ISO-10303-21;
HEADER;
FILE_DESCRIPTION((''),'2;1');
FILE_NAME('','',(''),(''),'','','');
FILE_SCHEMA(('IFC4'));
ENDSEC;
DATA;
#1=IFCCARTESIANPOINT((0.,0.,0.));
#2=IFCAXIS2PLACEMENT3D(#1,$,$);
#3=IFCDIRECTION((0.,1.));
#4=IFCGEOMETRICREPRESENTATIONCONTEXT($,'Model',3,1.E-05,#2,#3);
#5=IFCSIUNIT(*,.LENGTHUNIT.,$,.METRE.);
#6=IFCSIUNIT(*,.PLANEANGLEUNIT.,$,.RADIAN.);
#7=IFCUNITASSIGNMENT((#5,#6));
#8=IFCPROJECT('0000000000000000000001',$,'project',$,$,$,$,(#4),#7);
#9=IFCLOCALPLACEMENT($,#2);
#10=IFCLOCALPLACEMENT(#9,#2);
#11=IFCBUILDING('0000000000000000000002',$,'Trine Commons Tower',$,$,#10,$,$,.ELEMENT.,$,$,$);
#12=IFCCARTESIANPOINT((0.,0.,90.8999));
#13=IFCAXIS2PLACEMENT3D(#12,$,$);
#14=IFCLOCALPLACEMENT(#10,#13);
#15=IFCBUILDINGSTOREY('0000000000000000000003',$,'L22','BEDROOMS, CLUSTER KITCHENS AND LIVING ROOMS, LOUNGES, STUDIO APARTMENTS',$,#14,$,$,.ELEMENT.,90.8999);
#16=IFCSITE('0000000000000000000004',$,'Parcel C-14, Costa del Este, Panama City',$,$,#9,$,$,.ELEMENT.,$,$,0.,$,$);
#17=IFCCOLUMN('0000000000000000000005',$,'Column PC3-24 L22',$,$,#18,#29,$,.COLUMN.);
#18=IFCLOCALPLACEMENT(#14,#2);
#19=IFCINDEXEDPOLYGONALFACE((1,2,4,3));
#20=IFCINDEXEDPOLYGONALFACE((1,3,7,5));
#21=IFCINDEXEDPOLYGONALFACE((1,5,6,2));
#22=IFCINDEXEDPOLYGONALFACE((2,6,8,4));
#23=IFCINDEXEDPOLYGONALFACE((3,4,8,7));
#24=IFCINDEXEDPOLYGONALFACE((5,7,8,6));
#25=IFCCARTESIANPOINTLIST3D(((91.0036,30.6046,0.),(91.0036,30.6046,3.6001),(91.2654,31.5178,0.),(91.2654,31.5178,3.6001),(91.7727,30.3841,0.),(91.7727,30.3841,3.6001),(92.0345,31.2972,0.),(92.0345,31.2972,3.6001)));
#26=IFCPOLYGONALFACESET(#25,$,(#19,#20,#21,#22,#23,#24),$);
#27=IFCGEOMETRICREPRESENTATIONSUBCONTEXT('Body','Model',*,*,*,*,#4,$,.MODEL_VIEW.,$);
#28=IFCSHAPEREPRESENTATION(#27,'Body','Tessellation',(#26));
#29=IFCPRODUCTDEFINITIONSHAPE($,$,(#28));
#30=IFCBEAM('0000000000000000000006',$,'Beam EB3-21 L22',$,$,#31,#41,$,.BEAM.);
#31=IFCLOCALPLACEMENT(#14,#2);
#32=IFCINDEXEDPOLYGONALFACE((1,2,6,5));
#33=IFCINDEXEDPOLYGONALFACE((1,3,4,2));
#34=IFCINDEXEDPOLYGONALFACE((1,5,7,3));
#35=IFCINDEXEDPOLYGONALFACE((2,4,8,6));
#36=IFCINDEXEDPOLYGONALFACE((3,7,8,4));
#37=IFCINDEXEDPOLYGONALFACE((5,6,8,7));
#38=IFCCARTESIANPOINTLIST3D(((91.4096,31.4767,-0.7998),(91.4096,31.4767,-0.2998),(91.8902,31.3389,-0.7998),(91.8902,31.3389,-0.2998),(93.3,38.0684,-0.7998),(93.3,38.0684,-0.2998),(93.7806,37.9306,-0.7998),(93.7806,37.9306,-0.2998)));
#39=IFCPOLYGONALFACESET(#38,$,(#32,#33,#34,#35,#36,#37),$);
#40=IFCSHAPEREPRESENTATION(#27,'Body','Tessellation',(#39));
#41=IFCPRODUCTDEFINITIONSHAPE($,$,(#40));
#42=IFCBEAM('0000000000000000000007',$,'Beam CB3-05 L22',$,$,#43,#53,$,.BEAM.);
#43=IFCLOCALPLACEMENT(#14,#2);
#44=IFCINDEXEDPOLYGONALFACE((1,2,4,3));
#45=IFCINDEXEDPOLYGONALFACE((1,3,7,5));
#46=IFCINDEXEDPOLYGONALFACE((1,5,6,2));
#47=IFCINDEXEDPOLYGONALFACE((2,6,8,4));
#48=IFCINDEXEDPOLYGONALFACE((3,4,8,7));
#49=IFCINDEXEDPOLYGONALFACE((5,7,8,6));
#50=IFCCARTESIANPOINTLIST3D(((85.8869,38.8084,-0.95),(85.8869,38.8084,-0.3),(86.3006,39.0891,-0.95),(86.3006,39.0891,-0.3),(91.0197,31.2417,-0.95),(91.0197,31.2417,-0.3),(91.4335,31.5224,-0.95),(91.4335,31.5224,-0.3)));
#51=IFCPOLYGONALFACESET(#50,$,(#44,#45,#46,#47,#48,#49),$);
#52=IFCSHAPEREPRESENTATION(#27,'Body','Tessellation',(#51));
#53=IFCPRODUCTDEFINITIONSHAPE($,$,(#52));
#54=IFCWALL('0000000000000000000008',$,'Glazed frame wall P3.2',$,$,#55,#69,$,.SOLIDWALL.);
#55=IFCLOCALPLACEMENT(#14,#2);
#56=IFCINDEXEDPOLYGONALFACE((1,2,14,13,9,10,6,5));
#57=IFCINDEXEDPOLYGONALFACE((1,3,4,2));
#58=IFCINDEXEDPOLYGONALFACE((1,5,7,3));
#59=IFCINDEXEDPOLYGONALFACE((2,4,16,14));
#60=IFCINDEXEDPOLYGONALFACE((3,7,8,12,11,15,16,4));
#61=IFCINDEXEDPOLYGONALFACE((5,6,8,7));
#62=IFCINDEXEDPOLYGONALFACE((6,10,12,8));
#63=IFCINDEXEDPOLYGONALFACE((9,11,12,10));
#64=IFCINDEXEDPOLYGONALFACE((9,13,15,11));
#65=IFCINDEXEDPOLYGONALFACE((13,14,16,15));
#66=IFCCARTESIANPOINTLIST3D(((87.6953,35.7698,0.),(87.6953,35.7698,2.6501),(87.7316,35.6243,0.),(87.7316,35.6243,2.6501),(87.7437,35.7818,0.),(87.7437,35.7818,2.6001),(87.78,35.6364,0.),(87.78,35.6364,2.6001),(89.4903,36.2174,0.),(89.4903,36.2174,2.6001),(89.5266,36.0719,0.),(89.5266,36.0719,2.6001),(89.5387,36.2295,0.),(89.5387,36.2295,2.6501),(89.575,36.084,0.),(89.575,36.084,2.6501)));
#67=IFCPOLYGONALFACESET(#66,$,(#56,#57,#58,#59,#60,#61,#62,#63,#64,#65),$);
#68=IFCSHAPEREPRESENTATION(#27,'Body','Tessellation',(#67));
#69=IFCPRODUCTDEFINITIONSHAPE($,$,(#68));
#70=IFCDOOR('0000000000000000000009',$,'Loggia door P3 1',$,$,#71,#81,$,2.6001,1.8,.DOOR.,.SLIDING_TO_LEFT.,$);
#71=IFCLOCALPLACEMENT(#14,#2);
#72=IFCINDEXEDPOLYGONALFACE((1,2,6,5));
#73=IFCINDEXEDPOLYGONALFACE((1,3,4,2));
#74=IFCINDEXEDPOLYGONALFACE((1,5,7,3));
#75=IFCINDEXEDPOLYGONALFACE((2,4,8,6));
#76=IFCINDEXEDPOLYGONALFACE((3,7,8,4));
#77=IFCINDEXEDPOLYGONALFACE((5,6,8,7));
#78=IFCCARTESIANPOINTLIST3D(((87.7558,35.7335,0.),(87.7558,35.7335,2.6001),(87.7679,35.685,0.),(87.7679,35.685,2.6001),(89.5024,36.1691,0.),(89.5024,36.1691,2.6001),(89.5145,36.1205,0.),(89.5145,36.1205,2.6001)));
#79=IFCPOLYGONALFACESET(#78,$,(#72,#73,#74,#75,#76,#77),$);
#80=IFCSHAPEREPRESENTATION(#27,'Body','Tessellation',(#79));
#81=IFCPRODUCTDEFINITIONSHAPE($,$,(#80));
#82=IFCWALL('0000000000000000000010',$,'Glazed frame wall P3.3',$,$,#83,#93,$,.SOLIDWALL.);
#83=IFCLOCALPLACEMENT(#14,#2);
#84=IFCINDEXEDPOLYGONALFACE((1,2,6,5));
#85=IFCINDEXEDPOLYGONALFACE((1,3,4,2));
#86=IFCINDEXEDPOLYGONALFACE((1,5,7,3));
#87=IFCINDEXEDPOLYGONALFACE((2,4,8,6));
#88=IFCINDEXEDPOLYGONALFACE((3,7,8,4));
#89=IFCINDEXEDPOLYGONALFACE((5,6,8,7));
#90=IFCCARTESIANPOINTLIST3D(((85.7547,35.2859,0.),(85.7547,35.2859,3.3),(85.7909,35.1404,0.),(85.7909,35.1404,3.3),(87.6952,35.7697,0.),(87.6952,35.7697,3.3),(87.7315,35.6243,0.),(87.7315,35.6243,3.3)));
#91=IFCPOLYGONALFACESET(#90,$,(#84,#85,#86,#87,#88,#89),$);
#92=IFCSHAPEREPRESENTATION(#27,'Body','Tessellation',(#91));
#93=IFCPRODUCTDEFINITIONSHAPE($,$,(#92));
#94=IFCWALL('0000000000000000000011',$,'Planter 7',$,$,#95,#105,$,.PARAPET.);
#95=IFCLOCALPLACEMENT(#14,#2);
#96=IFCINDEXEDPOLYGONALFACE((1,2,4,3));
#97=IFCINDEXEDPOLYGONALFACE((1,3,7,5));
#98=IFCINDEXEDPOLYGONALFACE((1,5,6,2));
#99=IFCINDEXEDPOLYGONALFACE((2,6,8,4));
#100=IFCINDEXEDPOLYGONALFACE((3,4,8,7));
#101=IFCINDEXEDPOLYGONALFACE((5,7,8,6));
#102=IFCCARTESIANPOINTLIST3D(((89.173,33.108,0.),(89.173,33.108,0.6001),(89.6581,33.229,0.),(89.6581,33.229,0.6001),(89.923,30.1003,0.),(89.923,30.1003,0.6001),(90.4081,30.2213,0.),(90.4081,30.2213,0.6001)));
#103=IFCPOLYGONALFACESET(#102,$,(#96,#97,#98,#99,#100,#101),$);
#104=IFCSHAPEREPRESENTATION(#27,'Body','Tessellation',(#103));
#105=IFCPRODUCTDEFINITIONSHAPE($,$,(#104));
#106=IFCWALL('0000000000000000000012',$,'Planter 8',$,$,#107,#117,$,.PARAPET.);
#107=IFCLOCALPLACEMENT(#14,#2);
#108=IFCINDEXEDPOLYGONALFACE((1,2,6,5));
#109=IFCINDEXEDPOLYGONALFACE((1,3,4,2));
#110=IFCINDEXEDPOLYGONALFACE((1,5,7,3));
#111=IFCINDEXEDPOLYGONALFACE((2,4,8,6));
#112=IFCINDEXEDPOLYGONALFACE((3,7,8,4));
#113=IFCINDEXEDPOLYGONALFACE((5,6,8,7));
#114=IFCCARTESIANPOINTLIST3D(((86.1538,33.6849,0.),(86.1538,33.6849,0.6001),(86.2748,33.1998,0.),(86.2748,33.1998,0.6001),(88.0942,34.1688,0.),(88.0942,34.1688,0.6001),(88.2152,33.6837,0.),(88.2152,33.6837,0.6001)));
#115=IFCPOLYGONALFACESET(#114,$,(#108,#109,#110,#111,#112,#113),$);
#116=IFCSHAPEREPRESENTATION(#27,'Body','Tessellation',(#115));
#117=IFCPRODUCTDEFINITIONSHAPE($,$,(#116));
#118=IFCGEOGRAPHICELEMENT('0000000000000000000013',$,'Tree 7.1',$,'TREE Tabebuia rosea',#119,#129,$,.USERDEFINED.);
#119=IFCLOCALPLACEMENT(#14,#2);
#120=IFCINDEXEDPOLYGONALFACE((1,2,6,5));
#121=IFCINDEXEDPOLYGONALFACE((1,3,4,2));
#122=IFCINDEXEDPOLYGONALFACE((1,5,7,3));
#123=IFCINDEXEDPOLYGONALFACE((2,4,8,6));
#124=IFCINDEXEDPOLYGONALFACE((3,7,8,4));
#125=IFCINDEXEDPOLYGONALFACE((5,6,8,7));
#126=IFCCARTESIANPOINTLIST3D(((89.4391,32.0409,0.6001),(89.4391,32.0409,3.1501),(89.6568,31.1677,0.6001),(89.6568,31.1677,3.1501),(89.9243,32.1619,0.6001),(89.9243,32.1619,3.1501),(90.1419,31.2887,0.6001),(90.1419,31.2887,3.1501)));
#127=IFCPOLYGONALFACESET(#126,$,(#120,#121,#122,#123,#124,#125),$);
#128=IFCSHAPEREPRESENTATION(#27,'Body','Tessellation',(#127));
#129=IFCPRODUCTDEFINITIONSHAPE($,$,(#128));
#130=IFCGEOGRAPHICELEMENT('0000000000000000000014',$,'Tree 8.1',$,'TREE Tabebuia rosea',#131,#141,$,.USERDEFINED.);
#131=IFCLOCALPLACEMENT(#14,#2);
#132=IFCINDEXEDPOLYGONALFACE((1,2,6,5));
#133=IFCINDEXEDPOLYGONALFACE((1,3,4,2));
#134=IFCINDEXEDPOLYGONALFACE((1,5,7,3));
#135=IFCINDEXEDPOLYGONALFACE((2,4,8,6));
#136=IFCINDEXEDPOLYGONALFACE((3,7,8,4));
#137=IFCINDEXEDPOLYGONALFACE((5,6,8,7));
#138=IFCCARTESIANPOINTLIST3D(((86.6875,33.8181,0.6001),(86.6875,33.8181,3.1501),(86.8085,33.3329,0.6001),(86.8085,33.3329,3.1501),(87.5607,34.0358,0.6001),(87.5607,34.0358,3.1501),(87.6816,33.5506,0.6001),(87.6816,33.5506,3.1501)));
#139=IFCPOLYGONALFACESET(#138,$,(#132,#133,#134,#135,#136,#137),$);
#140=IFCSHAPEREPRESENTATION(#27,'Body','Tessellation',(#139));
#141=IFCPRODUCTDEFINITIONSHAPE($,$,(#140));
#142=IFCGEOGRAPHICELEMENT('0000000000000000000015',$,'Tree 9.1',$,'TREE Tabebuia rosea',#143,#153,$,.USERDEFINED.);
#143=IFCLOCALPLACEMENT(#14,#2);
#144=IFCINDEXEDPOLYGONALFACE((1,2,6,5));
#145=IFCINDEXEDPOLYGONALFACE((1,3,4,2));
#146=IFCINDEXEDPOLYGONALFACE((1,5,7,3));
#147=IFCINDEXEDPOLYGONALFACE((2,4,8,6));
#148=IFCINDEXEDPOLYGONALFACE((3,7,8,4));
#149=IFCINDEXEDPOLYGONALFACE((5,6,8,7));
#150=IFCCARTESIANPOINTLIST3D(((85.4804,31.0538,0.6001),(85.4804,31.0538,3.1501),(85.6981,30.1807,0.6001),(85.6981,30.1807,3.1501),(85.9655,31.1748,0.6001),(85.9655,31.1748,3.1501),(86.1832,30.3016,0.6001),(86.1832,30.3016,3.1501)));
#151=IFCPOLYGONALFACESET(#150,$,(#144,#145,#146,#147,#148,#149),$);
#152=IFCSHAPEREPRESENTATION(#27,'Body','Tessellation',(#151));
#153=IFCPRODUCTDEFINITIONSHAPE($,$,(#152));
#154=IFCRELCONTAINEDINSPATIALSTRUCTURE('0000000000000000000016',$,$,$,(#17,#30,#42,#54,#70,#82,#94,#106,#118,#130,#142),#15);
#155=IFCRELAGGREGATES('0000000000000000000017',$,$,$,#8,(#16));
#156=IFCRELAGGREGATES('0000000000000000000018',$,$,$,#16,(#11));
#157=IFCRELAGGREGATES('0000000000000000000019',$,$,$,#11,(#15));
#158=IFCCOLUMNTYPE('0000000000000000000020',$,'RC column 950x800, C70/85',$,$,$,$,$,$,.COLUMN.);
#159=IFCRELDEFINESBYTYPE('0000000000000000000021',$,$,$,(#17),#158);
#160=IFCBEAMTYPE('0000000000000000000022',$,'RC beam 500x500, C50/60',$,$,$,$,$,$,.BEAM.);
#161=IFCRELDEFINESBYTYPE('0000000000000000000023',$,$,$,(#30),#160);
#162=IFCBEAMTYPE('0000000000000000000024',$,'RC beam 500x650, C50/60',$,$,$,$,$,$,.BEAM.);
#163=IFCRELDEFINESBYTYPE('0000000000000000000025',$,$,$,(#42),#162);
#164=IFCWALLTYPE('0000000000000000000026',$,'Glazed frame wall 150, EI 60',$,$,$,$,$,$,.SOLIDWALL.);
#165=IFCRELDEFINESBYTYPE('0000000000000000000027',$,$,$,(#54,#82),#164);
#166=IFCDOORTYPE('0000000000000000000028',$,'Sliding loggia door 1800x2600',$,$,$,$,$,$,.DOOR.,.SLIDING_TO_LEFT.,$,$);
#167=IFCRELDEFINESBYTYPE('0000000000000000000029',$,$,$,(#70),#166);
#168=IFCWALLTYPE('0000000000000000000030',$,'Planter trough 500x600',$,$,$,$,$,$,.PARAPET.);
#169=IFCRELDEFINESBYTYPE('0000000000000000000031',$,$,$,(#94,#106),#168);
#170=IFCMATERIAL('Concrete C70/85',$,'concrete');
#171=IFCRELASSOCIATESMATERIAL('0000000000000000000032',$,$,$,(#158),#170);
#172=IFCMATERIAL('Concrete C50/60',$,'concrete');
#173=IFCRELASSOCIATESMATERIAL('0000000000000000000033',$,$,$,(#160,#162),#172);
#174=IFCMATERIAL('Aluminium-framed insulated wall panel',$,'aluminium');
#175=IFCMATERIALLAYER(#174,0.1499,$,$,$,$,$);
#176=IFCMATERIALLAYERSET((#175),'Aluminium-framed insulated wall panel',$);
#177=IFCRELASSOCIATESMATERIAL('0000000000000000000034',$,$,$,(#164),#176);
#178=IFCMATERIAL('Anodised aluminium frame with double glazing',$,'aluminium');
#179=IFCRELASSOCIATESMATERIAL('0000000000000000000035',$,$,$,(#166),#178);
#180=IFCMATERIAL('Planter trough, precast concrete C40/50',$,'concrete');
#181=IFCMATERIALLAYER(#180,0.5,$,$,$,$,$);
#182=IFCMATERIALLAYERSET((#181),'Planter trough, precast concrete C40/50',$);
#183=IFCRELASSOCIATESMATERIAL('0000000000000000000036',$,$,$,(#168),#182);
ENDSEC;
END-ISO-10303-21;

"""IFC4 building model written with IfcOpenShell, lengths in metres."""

from ifc_helpers import new_model, si_unit, direction, frame, frame_2d, origin, origin_2d, place, context, subcontext, project, spatial, polyline, rectangle, outline, extrude, material, layer, layer_set, material_profile, profile_set, type_object, element, fill, save


model = new_model("IFC4")

# Units and contexts
model_context = context("Model", 3, precision=1e-05, world=origin(), true_north=direction((0.0, 1.0)))
body_context = subcontext(model_context, "Body", "Model", "MODEL_VIEW")
ifc_project = project(units=[si_unit("LENGTHUNIT", "METRE"), si_unit("PLANEANGLEUNIT", "RADIAN")], contexts=[model_context])

# Site, building, storey
site_placement = place(None, origin())
site = spatial("IfcSite", under=ifc_project, at=site_placement, Name="Parcel C-14, Costa del Este, Panama City", CompositionType="ELEMENT", RefElevation=0.0)
building_placement = place(site_placement, origin())
building = spatial("IfcBuilding", under=site, at=building_placement, Name="Trine Commons Tower", CompositionType="ELEMENT")
storey_placement = place(building_placement, frame((0.0, 0.0, 90.8999)))
storey = spatial("IfcBuildingStorey", under=building, at=storey_placement, Name="L22", Description="BEDROOMS, CLUSTER KITCHENS AND LIVING ROOMS, LOUNGES, STUDIO APARTMENTS", CompositionType="ELEMENT", Elevation=90.8999)

# Column
ifc_material_1 = material(Name="Concrete C70/85", Category="concrete")
ifc_material_profile_1 = material_profile(ifc_material_1, rectangle(XDim=0.95, YDim=0.8, at=origin_2d()), Name="RC 950x800")
ifc_profile_set_1 = profile_set([ifc_material_profile_1], Name="Concrete C70/85")
column_type = type_object("IfcColumnType", Name="RC column 950x800, C70/85", PredefinedType="COLUMN", material=ifc_profile_set_1)
column_placement = place(storey_placement, frame((91.519, 30.9509, 0.0), z_axis=(0.0, 0.0, 1.0), x_axis=(0.275637, 0.961262, 0.0)))
element("IfcColumn", 1, at=column_placement, inside=storey, type_object=column_type, Name="Column PC3-24 L22", PredefinedType="COLUMN", context=body_context, shape_type="SweptSolid", body=[
    extrude(rectangle(XDim=0.95, YDim=0.8, at=origin_2d()), origin(), (0.0, 0.0, 1.0), 3.6001),
])

# Beams
ifc_material_2 = material(Name="Concrete C50/60", Category="concrete")
ifc_material_profile_2 = material_profile(ifc_material_2, rectangle(XDim=0.5, YDim=0.5, at=origin_2d()), Name="RC 500x500")
ifc_profile_set_2 = profile_set([ifc_material_profile_2], Name="Concrete C50/60")
beam_type_1 = type_object("IfcBeamType", Name="RC beam 500x500, C50/60", PredefinedType="BEAM", material=ifc_profile_set_2)
beam_1_placement = place(storey_placement, frame((93.5403, 37.9995, -0.5498), z_axis=(-0.275666, -0.961253, 0.0), x_axis=(0.961253, -0.275666, 0.0)))
element("IfcBeam", 2, at=beam_1_placement, inside=storey, type_object=beam_type_1, Name="Beam EB3-21 L22", PredefinedType="BEAM", context=body_context, shape_type="SweptSolid", body=[
    extrude(rectangle(XDim=0.5, YDim=0.5, at=origin_2d()), origin(), (0.0, 0.0, 1.0), 6.8574),
])
ifc_material_profile_3 = material_profile(ifc_material_2, rectangle(XDim=0.5, YDim=0.6499, at=origin_2d()), Name="RC 500x650")
ifc_profile_set_3 = profile_set([ifc_material_profile_3], Name="Concrete C50/60")
beam_type_2 = type_object("IfcBeamType", Name="RC beam 500x650, C50/60", PredefinedType="BEAM", material=ifc_profile_set_3)
beam_2_placement = place(storey_placement, frame((91.2266, 31.3821, -0.625), z_axis=(-0.561374, 0.827562, 0.0), x_axis=(-0.827562, -0.561374, 0.0)))
element("IfcBeam", 3, at=beam_2_placement, inside=storey, type_object=beam_type_2, Name="Beam CB3-05 L22", PredefinedType="BEAM", context=body_context, shape_type="SweptSolid", body=[
    extrude(rectangle(XDim=0.5, YDim=0.6499, at=origin_2d()), origin(), (0.0, 0.0, 1.0), 9.1433),
])

# Shared definitions
ifc_material_3 = material(Name="Aluminium-framed insulated wall panel", Category="aluminium")
ifc_layer_1 = layer(ifc_material_3, 0.1499)
ifc_layer_set_1 = layer_set([ifc_layer_1], Name="Aluminium-framed insulated wall panel")
wall_type_1 = type_object("IfcWallType", Name="Glazed frame wall 150, EI 60", PredefinedType="SOLIDWALL", material=ifc_layer_set_1)

# Wall, opening, door
wall_1_placement = place(storey_placement, frame((89.5569, 36.1567, 0.0), z_axis=(0.0, 0.0, 1.0), x_axis=(-0.970286, -0.241961, 0.0)))
wall_1 = element("IfcWall", 4, at=wall_1_placement, inside=storey, type_object=wall_type_1, Name="Glazed frame wall P3.2", PredefinedType="SOLIDWALL", context=body_context, shape_type="SweptSolid", body=[
    extrude(outline(polyline([(0.0, -0.075), (1.8999, -0.075), (1.8999, 0.075), (0.0, 0.075), (0.0, -0.075)])), origin(), (0.0, 0.0, 1.0), 2.6501),
])
opening_placement = place(wall_1_placement, frame((0.05, 0.0, 0.0)))
opening = element("IfcOpeningElement", 5, at=opening_placement, cuts=wall_1, PredefinedType="OPENING", context=body_context, shape_type="SweptSolid", body=[
    extrude(rectangle(XDim=1.8, YDim=2.6001, at=frame_2d((0.8999, 1.3))), frame((0.0, 0.085, 0.0), z_axis=(0.0, -1.0, 0.0), x_axis=(1.0, 0.0, 0.0)), (0.0, 0.0, 1.0), 0.1699),
])
ifc_material_4 = material(Name="Anodised aluminium frame with double glazing", Category="aluminium")
door_type = type_object("IfcDoorType", Name="Sliding loggia door 1800x2600", OperationType="SLIDING_TO_LEFT", PredefinedType="DOOR", material=ifc_material_4)
door_placement = place(opening_placement, origin())
door = element("IfcDoor", 6, at=door_placement, inside=storey, type_object=door_type, Name="Loggia door P3 1", OperationType="SLIDING_TO_LEFT", OverallHeight=2.6001, OverallWidth=1.8, PredefinedType="DOOR", context=body_context, shape_type="SweptSolid", body=[
    extrude(rectangle(XDim=1.8, YDim=2.6001, at=frame_2d((0.8999, 1.3))), frame((0.0, 0.0249, 0.0), z_axis=(0.0, -1.0, 0.0), x_axis=(1.0, 0.0, 0.0)), (0.0, 0.0, 1.0), 0.05),
])
fill(opening, door)

# Walls
wall_2_placement = place(storey_placement, frame((87.7134, 35.697, 0.0), z_axis=(0.0, 0.0, 1.0), x_axis=(-0.970293, -0.241932, 0.0)))
element("IfcWall", 7, at=wall_2_placement, inside=storey, type_object=wall_type_1, Name="Glazed frame wall P3.3", PredefinedType="SOLIDWALL", context=body_context, shape_type="SweptSolid", body=[
    extrude(outline(polyline([(0.0, -0.075), (2.0, -0.075), (2.0, 0.075), (0.0, 0.075), (0.0, -0.075)])), origin(), (0.0, 0.0, 1.0), 3.3),
])
ifc_material_5 = material(Name="Planter trough, precast concrete C40/50", Category="concrete")
ifc_layer_2 = layer(ifc_material_5, 0.5)
ifc_layer_set_2 = layer_set([ifc_layer_2], Name="Planter trough, precast concrete C40/50")
wall_type_2 = type_object("IfcWallType", Name="Planter trough 500x600", PredefinedType="PARAPET", material=ifc_layer_set_2)
wall_3_placement = place(storey_placement, frame((90.1655, 30.1609, 0.0), z_axis=(0.0, 0.0, 1.0), x_axis=(-0.241943, 0.970291, 0.0)))
element("IfcWall", 8, at=wall_3_placement, inside=storey, type_object=wall_type_2, Name="Planter 7", PredefinedType="PARAPET", context=body_context, shape_type="SweptSolid", body=[
    extrude(rectangle(XDim=3.0999, YDim=0.5, at=frame_2d((1.5498, 0.0))), origin(), (0.0, 0.0, 1.0), 0.6001),
])
wall_4_placement = place(storey_placement, frame((88.1548, 33.9263, 0.0), z_axis=(0.0, 0.0, 1.0), x_axis=(-0.970286, -0.241961, 0.0)))
element("IfcWall", 9, at=wall_4_placement, inside=storey, type_object=wall_type_2, Name="Planter 8", PredefinedType="PARAPET", context=body_context, shape_type="SweptSolid", body=[
    extrude(rectangle(XDim=1.9998, YDim=0.5, at=frame_2d((1.0, 0.0))), origin(), (0.0, 0.0, 1.0), 0.6001),
])

# Geographic elements
for number, where, z_axis, x_axis, name in (
    (10, (89.7905, 31.6648, 0.6001), (0.0, 0.0, 1.0), (-0.241908, 0.970299, 0.0), "Tree 7.1"),
    (11, (87.1846, 33.6843, 0.6001), (0.0, 0.0, 1.0), (-0.970297, -0.241915, 0.0), "Tree 8.1"),
    (12, (85.8318, 30.6777, 0.6001), (0.0, 0.0, 1.0), (0.241908, -0.970299, 0.0), "Tree 9.1"),
):
    element("IfcGeographicElement", number, at=place(storey_placement, frame(where, z_axis=z_axis, x_axis=x_axis)), inside=storey, Name=name, ObjectType="TREE Tabebuia rosea", PredefinedType="USERDEFINED", context=body_context, shape_type="SweptSolid", body=[
        extrude(rectangle(XDim=0.8999, YDim=0.5, at=origin_2d()), origin(), (0.0, 0.0, 1.0), 2.55),
    ])

save(model, "model.ifc")
